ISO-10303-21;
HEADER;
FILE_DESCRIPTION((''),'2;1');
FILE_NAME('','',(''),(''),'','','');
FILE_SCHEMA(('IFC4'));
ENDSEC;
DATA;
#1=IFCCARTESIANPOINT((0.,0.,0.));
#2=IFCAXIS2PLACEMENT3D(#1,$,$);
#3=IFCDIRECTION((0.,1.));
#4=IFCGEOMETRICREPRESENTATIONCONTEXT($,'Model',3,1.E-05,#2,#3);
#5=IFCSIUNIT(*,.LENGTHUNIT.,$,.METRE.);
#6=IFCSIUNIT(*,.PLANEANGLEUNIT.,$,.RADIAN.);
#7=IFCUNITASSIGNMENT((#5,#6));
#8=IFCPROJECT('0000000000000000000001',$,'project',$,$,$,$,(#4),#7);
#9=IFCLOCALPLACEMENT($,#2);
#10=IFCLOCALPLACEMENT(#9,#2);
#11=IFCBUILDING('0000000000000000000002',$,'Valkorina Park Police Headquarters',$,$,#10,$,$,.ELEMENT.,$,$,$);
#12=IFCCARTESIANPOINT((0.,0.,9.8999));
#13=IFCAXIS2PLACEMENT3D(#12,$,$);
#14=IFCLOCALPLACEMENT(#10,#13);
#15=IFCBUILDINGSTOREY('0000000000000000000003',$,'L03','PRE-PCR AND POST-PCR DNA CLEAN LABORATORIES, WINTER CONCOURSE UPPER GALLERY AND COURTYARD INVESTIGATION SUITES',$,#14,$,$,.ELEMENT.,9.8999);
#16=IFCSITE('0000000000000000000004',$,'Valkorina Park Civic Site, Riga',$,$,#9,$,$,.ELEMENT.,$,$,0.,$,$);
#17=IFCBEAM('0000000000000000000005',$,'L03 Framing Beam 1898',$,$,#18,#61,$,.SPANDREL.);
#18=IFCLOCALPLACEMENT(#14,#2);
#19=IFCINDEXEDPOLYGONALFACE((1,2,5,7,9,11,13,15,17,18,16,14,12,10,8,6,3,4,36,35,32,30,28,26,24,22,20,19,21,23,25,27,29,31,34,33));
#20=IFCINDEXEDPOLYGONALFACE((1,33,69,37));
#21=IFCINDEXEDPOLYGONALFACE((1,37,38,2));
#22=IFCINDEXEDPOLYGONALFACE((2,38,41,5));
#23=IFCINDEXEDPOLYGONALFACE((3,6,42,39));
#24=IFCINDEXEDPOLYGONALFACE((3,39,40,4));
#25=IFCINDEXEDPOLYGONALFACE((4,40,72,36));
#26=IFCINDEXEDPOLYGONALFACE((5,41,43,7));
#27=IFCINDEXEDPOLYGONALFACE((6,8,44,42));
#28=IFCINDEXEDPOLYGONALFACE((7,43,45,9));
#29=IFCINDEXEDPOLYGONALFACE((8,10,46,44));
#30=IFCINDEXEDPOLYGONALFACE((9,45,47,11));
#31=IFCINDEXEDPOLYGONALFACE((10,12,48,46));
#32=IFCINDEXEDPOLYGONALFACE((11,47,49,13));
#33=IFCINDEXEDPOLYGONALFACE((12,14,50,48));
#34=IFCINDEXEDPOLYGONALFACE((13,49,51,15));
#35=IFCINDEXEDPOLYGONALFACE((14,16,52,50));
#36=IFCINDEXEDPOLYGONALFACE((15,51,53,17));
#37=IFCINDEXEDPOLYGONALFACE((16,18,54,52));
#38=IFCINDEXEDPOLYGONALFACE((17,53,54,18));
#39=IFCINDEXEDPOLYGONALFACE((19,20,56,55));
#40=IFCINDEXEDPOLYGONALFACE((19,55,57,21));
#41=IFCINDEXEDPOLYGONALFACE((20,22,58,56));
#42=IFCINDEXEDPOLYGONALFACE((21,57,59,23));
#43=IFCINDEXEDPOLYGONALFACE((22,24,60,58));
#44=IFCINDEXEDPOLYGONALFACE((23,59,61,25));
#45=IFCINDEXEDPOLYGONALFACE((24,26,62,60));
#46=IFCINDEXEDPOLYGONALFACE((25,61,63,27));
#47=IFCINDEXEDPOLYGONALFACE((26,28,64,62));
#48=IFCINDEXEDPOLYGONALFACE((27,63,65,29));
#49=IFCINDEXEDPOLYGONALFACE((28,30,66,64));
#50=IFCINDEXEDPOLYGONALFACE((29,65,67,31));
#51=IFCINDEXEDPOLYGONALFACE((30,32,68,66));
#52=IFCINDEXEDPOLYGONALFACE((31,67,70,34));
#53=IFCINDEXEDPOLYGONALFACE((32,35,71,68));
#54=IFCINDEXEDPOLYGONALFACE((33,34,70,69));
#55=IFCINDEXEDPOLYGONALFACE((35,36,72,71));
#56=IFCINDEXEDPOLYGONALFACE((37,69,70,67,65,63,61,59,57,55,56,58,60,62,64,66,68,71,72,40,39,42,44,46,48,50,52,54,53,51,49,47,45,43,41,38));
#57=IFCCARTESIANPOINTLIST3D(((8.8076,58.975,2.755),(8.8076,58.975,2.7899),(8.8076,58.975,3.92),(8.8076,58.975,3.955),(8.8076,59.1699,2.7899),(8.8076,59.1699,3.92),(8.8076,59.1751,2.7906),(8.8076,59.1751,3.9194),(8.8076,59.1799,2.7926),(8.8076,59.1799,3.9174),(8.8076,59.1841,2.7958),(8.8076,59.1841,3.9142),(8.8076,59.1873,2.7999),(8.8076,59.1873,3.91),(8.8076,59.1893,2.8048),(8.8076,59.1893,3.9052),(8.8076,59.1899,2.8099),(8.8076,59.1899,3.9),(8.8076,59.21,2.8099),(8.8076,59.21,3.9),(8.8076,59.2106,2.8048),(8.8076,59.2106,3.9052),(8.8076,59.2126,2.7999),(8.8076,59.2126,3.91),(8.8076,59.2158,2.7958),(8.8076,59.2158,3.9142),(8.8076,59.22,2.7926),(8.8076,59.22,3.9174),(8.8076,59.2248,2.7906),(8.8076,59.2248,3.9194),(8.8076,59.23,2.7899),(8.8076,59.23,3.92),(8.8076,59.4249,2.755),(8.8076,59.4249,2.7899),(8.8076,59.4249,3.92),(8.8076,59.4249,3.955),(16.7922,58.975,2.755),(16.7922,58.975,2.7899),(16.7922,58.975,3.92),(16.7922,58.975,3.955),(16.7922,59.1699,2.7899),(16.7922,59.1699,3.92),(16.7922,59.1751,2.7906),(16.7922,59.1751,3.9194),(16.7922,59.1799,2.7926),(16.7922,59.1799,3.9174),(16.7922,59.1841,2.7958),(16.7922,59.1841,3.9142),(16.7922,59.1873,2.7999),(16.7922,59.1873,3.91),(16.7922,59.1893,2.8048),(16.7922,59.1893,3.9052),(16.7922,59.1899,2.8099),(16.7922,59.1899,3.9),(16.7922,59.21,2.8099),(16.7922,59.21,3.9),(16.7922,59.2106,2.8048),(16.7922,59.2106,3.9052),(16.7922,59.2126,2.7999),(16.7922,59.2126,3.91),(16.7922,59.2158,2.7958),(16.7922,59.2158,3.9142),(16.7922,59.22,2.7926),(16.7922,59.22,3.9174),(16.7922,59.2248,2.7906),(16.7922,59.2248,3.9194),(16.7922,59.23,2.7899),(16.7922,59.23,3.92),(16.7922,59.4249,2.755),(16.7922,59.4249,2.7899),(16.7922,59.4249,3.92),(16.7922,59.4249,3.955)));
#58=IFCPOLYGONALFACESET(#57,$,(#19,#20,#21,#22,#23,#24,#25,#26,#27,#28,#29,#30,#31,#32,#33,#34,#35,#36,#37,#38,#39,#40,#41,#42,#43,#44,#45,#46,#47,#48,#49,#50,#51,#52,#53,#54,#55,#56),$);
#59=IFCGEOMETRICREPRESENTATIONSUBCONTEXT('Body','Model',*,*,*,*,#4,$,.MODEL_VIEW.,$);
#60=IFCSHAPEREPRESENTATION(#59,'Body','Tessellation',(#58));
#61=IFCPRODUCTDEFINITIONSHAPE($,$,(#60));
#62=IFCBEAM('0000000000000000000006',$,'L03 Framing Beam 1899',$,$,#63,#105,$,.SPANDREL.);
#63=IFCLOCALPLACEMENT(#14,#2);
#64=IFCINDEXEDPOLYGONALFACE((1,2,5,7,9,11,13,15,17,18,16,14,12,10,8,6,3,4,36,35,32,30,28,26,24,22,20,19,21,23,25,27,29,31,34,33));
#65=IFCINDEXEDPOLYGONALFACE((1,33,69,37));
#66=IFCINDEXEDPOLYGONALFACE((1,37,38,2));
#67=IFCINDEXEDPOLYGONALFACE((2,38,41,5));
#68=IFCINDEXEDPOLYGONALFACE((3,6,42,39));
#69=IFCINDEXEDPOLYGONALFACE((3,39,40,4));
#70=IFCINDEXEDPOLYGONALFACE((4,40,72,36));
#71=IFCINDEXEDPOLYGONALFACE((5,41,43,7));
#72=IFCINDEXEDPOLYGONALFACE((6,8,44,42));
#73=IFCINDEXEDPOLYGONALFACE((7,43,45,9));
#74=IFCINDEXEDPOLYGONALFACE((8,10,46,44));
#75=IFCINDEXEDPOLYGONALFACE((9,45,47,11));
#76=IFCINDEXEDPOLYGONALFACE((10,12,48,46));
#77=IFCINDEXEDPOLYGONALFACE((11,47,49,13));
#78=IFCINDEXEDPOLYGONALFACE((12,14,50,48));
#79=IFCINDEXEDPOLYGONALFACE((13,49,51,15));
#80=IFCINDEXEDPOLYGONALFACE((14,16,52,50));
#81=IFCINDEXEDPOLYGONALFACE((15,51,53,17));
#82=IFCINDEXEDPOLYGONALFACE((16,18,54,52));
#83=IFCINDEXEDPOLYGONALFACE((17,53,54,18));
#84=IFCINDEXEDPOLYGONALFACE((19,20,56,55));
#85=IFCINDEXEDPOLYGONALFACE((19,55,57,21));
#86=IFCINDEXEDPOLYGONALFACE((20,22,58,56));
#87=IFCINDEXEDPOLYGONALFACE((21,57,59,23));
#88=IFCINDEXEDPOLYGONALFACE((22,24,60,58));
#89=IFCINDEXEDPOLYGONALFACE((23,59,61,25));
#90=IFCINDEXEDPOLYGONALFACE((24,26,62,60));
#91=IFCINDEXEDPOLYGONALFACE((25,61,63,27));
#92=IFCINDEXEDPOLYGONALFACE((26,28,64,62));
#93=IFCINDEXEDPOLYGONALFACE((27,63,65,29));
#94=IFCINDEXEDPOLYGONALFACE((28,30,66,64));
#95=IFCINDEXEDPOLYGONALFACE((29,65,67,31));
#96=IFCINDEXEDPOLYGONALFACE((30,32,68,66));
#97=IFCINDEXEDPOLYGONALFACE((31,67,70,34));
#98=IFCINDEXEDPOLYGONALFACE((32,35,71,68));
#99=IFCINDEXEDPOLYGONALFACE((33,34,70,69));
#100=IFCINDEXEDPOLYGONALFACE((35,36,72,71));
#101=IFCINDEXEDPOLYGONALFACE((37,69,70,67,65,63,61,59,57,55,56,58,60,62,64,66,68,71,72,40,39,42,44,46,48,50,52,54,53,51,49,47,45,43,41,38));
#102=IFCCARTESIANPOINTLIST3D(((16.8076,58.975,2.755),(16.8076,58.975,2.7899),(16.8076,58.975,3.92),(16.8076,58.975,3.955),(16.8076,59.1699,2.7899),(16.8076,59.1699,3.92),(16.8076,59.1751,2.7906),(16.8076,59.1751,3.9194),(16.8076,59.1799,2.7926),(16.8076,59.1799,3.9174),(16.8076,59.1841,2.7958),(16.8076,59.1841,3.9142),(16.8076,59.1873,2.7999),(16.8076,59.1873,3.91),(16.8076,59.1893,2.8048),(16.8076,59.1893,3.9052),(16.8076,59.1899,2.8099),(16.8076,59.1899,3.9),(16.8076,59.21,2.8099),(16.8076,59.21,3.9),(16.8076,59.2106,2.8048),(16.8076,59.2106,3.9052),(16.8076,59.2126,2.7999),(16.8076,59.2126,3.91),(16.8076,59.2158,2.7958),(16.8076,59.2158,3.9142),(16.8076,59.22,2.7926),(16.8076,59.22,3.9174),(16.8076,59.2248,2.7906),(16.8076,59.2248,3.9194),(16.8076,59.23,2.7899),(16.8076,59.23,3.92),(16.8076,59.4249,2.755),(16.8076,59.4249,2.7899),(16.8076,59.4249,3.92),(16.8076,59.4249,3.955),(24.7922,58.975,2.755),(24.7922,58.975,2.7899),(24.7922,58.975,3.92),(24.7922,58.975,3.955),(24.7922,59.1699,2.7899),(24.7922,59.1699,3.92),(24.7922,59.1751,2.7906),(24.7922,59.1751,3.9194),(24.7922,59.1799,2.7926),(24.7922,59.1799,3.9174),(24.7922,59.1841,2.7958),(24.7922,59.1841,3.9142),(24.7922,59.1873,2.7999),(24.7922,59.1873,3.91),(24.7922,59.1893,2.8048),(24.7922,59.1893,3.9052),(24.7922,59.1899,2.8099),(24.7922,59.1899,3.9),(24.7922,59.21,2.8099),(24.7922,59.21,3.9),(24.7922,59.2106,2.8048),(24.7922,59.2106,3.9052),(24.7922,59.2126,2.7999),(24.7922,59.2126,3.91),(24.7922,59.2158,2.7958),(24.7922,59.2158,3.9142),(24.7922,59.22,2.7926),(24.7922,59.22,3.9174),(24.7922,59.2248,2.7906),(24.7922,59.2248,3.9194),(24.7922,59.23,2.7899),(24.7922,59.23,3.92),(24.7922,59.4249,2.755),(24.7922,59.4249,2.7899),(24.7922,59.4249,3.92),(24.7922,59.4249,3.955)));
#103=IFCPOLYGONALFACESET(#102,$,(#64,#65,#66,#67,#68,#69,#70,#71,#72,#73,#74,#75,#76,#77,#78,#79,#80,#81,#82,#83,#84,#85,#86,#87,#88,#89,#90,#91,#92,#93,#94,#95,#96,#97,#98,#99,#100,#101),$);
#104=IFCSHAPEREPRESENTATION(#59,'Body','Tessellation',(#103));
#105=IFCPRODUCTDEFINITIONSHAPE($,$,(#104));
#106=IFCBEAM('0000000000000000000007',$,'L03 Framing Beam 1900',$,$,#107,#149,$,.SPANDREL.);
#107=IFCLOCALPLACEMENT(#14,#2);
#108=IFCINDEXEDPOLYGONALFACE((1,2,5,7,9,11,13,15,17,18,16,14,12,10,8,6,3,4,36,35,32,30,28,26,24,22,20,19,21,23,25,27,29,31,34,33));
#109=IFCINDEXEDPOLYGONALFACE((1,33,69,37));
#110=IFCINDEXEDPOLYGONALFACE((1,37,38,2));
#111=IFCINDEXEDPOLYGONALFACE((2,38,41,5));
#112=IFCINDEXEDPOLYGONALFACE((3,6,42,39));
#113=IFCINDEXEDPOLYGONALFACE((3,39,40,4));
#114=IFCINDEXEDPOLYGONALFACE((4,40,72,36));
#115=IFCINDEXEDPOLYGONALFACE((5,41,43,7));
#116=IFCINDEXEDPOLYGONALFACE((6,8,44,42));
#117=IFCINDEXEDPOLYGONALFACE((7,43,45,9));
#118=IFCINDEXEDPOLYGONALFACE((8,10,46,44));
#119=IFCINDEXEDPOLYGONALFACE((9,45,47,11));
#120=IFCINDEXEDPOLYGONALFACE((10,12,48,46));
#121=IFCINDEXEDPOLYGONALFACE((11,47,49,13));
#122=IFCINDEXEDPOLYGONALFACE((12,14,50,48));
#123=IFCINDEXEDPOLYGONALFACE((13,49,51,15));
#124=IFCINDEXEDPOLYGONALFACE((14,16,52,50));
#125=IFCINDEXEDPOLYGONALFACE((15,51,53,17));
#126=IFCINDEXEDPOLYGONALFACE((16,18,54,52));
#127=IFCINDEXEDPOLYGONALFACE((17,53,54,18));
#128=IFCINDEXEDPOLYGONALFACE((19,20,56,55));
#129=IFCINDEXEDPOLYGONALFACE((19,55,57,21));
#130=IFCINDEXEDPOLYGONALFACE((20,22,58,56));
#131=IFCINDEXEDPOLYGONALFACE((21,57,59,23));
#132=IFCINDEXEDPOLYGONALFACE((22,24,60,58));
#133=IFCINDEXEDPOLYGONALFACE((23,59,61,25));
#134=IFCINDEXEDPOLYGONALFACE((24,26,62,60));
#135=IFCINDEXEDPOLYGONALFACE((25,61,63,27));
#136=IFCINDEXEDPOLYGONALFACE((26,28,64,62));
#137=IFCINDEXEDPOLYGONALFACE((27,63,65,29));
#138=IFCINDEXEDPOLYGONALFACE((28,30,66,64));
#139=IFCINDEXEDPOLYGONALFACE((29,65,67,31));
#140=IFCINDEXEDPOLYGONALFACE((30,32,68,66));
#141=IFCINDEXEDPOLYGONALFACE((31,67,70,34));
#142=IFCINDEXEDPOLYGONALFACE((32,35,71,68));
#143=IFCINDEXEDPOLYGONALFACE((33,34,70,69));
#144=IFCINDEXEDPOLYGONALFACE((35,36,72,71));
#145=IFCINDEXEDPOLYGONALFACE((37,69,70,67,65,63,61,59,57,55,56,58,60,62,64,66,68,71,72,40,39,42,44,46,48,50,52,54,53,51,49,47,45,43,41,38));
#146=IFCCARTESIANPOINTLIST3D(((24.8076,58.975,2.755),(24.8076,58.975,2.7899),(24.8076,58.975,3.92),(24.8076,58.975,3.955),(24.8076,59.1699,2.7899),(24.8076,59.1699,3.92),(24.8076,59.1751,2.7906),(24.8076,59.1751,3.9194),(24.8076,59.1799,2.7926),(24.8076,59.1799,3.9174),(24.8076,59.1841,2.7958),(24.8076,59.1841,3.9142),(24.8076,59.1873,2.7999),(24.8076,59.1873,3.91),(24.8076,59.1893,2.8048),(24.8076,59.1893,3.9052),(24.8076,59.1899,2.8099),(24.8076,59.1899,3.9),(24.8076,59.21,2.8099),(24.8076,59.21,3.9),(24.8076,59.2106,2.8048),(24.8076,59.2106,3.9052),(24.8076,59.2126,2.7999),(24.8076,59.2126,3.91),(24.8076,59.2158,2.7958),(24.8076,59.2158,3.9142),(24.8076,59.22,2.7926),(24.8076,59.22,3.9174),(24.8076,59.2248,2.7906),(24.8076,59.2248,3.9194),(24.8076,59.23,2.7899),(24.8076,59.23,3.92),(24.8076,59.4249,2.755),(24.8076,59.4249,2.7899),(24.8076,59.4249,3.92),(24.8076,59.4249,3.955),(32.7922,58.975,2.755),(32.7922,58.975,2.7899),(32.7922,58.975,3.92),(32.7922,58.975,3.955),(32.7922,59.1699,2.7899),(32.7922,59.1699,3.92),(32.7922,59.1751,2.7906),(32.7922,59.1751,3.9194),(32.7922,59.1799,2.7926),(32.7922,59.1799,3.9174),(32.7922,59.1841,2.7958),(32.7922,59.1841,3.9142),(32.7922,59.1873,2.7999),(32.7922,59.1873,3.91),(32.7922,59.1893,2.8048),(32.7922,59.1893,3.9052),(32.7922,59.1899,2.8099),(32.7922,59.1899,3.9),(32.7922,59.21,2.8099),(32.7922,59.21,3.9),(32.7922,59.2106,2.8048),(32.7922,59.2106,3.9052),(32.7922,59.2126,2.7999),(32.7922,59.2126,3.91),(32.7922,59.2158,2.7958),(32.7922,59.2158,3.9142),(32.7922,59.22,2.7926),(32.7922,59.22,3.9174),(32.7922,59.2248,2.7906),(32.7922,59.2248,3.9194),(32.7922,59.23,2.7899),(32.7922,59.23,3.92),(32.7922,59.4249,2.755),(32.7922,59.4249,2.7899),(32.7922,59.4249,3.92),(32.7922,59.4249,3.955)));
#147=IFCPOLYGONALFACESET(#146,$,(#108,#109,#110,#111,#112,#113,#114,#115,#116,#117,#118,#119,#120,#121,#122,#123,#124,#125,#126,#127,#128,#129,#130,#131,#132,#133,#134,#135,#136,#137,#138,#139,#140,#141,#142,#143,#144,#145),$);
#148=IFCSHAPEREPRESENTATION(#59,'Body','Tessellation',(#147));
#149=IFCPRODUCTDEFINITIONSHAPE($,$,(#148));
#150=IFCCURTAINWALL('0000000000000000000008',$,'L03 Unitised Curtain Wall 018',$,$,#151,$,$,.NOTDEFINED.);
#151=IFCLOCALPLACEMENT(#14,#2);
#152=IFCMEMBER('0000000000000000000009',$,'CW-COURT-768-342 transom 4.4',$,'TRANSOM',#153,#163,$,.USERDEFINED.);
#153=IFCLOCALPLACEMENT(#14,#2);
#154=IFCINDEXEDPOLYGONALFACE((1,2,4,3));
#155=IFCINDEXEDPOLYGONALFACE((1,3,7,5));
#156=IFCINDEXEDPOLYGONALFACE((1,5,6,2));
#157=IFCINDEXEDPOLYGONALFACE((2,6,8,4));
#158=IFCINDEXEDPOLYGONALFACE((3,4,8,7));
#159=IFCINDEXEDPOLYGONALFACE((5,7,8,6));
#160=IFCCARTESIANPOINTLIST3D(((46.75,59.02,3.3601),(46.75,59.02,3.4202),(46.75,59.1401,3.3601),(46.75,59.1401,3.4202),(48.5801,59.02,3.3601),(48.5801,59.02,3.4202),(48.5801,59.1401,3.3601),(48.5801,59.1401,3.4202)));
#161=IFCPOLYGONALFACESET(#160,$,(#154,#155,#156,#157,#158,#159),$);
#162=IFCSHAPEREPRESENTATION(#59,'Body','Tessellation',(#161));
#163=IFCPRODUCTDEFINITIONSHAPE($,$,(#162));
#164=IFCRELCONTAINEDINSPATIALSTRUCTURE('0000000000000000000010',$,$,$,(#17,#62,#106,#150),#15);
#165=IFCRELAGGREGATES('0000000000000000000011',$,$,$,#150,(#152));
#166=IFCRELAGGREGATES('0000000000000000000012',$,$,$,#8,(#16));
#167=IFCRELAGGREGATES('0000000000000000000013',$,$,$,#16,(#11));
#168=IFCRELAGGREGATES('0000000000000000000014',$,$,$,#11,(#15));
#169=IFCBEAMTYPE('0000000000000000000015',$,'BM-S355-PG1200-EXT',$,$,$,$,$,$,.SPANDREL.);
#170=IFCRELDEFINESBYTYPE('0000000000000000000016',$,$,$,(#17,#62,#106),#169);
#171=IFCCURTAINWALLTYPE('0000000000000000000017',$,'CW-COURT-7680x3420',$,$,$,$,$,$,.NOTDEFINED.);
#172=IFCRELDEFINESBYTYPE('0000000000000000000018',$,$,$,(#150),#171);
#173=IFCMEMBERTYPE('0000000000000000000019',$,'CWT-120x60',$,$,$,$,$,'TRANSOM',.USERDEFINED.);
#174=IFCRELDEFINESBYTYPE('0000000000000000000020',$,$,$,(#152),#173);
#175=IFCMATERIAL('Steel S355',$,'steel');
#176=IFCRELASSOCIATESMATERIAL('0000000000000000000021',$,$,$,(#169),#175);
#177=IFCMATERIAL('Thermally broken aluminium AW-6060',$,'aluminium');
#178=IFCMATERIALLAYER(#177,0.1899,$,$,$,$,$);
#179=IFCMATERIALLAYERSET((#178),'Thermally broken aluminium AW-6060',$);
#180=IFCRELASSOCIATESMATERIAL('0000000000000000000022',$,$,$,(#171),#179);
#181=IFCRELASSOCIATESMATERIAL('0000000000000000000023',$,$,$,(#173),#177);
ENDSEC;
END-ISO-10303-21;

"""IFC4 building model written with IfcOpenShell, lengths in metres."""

from ifc_helpers import new_model, si_unit, direction, frame, origin, origin_2d, place, context, subcontext, project, spatial, rectangle, i_section, extrude, material, layer, layer_set, material_profile, profile_set, type_object, element, aggregate, save


model = new_model("IFC4")

# Units and contexts
model_context = context("Model", 3, precision=1e-05, world=origin(), true_north=direction((0.0, 1.0)))
body_context = subcontext(model_context, "Body", "Model", "MODEL_VIEW")
ifc_project = project(units=[si_unit("LENGTHUNIT", "METRE"), si_unit("PLANEANGLEUNIT", "RADIAN")], contexts=[model_context])

# Site, building, storey
site_placement = place(None, origin())
site = spatial("IfcSite", under=ifc_project, at=site_placement, Name="Valkorina Park Civic Site, Riga", CompositionType="ELEMENT", RefElevation=0.0)
building_placement = place(site_placement, origin())
building = spatial("IfcBuilding", under=site, at=building_placement, Name="Valkorina Park Police Headquarters", CompositionType="ELEMENT")
storey_placement = place(building_placement, frame((0.0, 0.0, 9.8999)))
storey = spatial("IfcBuildingStorey", under=building, at=storey_placement, Name="L03", Description="PRE-PCR AND POST-PCR DNA CLEAN LABORATORIES, WINTER CONCOURSE UPPER GALLERY AND COURTYARD INVESTIGATION SUITES", CompositionType="ELEMENT", Elevation=9.8999)

# Shared definitions
ifc_material_1 = material(Name="Steel S355", Category="steel")

# Beams
ifc_material_profile_1 = material_profile(ifc_material_1, i_section(OverallWidth=0.45, OverallDepth=1.2, WebThickness=0.02, FlangeThickness=0.0349, FilletRadius=0.02, at=origin_2d()), Name="PG 1200x450")
ifc_profile_set_1 = profile_set([ifc_material_profile_1], Name="Steel S355")
beam_type_1 = type_object("IfcBeamType", Name="BM-S355-PG1200-EXT", PredefinedType="SPANDREL", material=ifc_profile_set_1)
for number, where, z_axis, x_axis, name in (
    (1, (8.8076, 59.2, 3.355), (1.0, 0.0, 0.0), (0.0, 1.0, 0.0), "L03 Framing Beam 1898"),
    (2, (16.8076, 59.2, 3.355), (1.0, 0.0, 0.0), (0.0, 1.0, 0.0), "L03 Framing Beam 1899"),
    (3, (24.8076, 59.2, 3.355), (1.0, 0.0, 0.0), (0.0, 1.0, 0.0), "L03 Framing Beam 1900"),
):
    element("IfcBeam", number, at=place(storey_placement, frame(where, z_axis=z_axis, x_axis=x_axis)), inside=storey, type_object=beam_type_1, Name=name, PredefinedType="SPANDREL", context=body_context, shape_type="SweptSolid", body=[
        extrude(i_section(OverallWidth=0.45, OverallDepth=1.2, WebThickness=0.02, FlangeThickness=0.0349, FilletRadius=0.02, at=origin_2d()), origin(), (0.0, 0.0, 1.0), 7.9846),
    ])

# Curtain wall, member
ifc_material_2 = material(Name="Thermally broken aluminium AW-6060", Category="aluminium")
ifc_layer_1 = layer(ifc_material_2, 0.1899)
ifc_layer_set_1 = layer_set([ifc_layer_1], Name="Thermally broken aluminium AW-6060")
curtain_wall_type = type_object("IfcCurtainWallType", Name="CW-COURT-7680x3420", PredefinedType="NOTDEFINED", material=ifc_layer_set_1)
curtain_wall_placement = place(storey_placement, origin())
curtain_wall = element("IfcCurtainWall", 4, at=curtain_wall_placement, inside=storey, type_object=curtain_wall_type, Name="L03 Unitised Curtain Wall 018", PredefinedType="NOTDEFINED")
ifc_material_profile_2 = material_profile(ifc_material_2, rectangle(XDim=0.1201, YDim=0.0601, at=origin_2d()), Name="CWT-01 120x60")
ifc_profile_set_2 = profile_set([ifc_material_profile_2], Name="Thermally broken aluminium AW-6060")
member_type_1 = type_object("IfcMemberType", Name="CWT-120x60", ElementType="TRANSOM", PredefinedType="USERDEFINED", material=ifc_profile_set_2)
member_1_placement = place(storey_placement, frame((46.75, 59.0801, 3.3901), z_axis=(1.0, 0.0, 0.0), x_axis=(0.0, 1.0, 0.0)))
member_1 = element("IfcMember", 5, at=member_1_placement, type_object=member_type_1, Name="CW-COURT-768-342 transom 4.4", ObjectType="TRANSOM", PredefinedType="USERDEFINED", context=body_context, shape_type="SweptSolid", body=[
    extrude(rectangle(XDim=0.1201, YDim=0.0601, at=origin_2d()), origin(), (0.0, 0.0, 1.0), 1.8301),
])
aggregate(curtain_wall, [member_1])

save(model, "model.ifc")
